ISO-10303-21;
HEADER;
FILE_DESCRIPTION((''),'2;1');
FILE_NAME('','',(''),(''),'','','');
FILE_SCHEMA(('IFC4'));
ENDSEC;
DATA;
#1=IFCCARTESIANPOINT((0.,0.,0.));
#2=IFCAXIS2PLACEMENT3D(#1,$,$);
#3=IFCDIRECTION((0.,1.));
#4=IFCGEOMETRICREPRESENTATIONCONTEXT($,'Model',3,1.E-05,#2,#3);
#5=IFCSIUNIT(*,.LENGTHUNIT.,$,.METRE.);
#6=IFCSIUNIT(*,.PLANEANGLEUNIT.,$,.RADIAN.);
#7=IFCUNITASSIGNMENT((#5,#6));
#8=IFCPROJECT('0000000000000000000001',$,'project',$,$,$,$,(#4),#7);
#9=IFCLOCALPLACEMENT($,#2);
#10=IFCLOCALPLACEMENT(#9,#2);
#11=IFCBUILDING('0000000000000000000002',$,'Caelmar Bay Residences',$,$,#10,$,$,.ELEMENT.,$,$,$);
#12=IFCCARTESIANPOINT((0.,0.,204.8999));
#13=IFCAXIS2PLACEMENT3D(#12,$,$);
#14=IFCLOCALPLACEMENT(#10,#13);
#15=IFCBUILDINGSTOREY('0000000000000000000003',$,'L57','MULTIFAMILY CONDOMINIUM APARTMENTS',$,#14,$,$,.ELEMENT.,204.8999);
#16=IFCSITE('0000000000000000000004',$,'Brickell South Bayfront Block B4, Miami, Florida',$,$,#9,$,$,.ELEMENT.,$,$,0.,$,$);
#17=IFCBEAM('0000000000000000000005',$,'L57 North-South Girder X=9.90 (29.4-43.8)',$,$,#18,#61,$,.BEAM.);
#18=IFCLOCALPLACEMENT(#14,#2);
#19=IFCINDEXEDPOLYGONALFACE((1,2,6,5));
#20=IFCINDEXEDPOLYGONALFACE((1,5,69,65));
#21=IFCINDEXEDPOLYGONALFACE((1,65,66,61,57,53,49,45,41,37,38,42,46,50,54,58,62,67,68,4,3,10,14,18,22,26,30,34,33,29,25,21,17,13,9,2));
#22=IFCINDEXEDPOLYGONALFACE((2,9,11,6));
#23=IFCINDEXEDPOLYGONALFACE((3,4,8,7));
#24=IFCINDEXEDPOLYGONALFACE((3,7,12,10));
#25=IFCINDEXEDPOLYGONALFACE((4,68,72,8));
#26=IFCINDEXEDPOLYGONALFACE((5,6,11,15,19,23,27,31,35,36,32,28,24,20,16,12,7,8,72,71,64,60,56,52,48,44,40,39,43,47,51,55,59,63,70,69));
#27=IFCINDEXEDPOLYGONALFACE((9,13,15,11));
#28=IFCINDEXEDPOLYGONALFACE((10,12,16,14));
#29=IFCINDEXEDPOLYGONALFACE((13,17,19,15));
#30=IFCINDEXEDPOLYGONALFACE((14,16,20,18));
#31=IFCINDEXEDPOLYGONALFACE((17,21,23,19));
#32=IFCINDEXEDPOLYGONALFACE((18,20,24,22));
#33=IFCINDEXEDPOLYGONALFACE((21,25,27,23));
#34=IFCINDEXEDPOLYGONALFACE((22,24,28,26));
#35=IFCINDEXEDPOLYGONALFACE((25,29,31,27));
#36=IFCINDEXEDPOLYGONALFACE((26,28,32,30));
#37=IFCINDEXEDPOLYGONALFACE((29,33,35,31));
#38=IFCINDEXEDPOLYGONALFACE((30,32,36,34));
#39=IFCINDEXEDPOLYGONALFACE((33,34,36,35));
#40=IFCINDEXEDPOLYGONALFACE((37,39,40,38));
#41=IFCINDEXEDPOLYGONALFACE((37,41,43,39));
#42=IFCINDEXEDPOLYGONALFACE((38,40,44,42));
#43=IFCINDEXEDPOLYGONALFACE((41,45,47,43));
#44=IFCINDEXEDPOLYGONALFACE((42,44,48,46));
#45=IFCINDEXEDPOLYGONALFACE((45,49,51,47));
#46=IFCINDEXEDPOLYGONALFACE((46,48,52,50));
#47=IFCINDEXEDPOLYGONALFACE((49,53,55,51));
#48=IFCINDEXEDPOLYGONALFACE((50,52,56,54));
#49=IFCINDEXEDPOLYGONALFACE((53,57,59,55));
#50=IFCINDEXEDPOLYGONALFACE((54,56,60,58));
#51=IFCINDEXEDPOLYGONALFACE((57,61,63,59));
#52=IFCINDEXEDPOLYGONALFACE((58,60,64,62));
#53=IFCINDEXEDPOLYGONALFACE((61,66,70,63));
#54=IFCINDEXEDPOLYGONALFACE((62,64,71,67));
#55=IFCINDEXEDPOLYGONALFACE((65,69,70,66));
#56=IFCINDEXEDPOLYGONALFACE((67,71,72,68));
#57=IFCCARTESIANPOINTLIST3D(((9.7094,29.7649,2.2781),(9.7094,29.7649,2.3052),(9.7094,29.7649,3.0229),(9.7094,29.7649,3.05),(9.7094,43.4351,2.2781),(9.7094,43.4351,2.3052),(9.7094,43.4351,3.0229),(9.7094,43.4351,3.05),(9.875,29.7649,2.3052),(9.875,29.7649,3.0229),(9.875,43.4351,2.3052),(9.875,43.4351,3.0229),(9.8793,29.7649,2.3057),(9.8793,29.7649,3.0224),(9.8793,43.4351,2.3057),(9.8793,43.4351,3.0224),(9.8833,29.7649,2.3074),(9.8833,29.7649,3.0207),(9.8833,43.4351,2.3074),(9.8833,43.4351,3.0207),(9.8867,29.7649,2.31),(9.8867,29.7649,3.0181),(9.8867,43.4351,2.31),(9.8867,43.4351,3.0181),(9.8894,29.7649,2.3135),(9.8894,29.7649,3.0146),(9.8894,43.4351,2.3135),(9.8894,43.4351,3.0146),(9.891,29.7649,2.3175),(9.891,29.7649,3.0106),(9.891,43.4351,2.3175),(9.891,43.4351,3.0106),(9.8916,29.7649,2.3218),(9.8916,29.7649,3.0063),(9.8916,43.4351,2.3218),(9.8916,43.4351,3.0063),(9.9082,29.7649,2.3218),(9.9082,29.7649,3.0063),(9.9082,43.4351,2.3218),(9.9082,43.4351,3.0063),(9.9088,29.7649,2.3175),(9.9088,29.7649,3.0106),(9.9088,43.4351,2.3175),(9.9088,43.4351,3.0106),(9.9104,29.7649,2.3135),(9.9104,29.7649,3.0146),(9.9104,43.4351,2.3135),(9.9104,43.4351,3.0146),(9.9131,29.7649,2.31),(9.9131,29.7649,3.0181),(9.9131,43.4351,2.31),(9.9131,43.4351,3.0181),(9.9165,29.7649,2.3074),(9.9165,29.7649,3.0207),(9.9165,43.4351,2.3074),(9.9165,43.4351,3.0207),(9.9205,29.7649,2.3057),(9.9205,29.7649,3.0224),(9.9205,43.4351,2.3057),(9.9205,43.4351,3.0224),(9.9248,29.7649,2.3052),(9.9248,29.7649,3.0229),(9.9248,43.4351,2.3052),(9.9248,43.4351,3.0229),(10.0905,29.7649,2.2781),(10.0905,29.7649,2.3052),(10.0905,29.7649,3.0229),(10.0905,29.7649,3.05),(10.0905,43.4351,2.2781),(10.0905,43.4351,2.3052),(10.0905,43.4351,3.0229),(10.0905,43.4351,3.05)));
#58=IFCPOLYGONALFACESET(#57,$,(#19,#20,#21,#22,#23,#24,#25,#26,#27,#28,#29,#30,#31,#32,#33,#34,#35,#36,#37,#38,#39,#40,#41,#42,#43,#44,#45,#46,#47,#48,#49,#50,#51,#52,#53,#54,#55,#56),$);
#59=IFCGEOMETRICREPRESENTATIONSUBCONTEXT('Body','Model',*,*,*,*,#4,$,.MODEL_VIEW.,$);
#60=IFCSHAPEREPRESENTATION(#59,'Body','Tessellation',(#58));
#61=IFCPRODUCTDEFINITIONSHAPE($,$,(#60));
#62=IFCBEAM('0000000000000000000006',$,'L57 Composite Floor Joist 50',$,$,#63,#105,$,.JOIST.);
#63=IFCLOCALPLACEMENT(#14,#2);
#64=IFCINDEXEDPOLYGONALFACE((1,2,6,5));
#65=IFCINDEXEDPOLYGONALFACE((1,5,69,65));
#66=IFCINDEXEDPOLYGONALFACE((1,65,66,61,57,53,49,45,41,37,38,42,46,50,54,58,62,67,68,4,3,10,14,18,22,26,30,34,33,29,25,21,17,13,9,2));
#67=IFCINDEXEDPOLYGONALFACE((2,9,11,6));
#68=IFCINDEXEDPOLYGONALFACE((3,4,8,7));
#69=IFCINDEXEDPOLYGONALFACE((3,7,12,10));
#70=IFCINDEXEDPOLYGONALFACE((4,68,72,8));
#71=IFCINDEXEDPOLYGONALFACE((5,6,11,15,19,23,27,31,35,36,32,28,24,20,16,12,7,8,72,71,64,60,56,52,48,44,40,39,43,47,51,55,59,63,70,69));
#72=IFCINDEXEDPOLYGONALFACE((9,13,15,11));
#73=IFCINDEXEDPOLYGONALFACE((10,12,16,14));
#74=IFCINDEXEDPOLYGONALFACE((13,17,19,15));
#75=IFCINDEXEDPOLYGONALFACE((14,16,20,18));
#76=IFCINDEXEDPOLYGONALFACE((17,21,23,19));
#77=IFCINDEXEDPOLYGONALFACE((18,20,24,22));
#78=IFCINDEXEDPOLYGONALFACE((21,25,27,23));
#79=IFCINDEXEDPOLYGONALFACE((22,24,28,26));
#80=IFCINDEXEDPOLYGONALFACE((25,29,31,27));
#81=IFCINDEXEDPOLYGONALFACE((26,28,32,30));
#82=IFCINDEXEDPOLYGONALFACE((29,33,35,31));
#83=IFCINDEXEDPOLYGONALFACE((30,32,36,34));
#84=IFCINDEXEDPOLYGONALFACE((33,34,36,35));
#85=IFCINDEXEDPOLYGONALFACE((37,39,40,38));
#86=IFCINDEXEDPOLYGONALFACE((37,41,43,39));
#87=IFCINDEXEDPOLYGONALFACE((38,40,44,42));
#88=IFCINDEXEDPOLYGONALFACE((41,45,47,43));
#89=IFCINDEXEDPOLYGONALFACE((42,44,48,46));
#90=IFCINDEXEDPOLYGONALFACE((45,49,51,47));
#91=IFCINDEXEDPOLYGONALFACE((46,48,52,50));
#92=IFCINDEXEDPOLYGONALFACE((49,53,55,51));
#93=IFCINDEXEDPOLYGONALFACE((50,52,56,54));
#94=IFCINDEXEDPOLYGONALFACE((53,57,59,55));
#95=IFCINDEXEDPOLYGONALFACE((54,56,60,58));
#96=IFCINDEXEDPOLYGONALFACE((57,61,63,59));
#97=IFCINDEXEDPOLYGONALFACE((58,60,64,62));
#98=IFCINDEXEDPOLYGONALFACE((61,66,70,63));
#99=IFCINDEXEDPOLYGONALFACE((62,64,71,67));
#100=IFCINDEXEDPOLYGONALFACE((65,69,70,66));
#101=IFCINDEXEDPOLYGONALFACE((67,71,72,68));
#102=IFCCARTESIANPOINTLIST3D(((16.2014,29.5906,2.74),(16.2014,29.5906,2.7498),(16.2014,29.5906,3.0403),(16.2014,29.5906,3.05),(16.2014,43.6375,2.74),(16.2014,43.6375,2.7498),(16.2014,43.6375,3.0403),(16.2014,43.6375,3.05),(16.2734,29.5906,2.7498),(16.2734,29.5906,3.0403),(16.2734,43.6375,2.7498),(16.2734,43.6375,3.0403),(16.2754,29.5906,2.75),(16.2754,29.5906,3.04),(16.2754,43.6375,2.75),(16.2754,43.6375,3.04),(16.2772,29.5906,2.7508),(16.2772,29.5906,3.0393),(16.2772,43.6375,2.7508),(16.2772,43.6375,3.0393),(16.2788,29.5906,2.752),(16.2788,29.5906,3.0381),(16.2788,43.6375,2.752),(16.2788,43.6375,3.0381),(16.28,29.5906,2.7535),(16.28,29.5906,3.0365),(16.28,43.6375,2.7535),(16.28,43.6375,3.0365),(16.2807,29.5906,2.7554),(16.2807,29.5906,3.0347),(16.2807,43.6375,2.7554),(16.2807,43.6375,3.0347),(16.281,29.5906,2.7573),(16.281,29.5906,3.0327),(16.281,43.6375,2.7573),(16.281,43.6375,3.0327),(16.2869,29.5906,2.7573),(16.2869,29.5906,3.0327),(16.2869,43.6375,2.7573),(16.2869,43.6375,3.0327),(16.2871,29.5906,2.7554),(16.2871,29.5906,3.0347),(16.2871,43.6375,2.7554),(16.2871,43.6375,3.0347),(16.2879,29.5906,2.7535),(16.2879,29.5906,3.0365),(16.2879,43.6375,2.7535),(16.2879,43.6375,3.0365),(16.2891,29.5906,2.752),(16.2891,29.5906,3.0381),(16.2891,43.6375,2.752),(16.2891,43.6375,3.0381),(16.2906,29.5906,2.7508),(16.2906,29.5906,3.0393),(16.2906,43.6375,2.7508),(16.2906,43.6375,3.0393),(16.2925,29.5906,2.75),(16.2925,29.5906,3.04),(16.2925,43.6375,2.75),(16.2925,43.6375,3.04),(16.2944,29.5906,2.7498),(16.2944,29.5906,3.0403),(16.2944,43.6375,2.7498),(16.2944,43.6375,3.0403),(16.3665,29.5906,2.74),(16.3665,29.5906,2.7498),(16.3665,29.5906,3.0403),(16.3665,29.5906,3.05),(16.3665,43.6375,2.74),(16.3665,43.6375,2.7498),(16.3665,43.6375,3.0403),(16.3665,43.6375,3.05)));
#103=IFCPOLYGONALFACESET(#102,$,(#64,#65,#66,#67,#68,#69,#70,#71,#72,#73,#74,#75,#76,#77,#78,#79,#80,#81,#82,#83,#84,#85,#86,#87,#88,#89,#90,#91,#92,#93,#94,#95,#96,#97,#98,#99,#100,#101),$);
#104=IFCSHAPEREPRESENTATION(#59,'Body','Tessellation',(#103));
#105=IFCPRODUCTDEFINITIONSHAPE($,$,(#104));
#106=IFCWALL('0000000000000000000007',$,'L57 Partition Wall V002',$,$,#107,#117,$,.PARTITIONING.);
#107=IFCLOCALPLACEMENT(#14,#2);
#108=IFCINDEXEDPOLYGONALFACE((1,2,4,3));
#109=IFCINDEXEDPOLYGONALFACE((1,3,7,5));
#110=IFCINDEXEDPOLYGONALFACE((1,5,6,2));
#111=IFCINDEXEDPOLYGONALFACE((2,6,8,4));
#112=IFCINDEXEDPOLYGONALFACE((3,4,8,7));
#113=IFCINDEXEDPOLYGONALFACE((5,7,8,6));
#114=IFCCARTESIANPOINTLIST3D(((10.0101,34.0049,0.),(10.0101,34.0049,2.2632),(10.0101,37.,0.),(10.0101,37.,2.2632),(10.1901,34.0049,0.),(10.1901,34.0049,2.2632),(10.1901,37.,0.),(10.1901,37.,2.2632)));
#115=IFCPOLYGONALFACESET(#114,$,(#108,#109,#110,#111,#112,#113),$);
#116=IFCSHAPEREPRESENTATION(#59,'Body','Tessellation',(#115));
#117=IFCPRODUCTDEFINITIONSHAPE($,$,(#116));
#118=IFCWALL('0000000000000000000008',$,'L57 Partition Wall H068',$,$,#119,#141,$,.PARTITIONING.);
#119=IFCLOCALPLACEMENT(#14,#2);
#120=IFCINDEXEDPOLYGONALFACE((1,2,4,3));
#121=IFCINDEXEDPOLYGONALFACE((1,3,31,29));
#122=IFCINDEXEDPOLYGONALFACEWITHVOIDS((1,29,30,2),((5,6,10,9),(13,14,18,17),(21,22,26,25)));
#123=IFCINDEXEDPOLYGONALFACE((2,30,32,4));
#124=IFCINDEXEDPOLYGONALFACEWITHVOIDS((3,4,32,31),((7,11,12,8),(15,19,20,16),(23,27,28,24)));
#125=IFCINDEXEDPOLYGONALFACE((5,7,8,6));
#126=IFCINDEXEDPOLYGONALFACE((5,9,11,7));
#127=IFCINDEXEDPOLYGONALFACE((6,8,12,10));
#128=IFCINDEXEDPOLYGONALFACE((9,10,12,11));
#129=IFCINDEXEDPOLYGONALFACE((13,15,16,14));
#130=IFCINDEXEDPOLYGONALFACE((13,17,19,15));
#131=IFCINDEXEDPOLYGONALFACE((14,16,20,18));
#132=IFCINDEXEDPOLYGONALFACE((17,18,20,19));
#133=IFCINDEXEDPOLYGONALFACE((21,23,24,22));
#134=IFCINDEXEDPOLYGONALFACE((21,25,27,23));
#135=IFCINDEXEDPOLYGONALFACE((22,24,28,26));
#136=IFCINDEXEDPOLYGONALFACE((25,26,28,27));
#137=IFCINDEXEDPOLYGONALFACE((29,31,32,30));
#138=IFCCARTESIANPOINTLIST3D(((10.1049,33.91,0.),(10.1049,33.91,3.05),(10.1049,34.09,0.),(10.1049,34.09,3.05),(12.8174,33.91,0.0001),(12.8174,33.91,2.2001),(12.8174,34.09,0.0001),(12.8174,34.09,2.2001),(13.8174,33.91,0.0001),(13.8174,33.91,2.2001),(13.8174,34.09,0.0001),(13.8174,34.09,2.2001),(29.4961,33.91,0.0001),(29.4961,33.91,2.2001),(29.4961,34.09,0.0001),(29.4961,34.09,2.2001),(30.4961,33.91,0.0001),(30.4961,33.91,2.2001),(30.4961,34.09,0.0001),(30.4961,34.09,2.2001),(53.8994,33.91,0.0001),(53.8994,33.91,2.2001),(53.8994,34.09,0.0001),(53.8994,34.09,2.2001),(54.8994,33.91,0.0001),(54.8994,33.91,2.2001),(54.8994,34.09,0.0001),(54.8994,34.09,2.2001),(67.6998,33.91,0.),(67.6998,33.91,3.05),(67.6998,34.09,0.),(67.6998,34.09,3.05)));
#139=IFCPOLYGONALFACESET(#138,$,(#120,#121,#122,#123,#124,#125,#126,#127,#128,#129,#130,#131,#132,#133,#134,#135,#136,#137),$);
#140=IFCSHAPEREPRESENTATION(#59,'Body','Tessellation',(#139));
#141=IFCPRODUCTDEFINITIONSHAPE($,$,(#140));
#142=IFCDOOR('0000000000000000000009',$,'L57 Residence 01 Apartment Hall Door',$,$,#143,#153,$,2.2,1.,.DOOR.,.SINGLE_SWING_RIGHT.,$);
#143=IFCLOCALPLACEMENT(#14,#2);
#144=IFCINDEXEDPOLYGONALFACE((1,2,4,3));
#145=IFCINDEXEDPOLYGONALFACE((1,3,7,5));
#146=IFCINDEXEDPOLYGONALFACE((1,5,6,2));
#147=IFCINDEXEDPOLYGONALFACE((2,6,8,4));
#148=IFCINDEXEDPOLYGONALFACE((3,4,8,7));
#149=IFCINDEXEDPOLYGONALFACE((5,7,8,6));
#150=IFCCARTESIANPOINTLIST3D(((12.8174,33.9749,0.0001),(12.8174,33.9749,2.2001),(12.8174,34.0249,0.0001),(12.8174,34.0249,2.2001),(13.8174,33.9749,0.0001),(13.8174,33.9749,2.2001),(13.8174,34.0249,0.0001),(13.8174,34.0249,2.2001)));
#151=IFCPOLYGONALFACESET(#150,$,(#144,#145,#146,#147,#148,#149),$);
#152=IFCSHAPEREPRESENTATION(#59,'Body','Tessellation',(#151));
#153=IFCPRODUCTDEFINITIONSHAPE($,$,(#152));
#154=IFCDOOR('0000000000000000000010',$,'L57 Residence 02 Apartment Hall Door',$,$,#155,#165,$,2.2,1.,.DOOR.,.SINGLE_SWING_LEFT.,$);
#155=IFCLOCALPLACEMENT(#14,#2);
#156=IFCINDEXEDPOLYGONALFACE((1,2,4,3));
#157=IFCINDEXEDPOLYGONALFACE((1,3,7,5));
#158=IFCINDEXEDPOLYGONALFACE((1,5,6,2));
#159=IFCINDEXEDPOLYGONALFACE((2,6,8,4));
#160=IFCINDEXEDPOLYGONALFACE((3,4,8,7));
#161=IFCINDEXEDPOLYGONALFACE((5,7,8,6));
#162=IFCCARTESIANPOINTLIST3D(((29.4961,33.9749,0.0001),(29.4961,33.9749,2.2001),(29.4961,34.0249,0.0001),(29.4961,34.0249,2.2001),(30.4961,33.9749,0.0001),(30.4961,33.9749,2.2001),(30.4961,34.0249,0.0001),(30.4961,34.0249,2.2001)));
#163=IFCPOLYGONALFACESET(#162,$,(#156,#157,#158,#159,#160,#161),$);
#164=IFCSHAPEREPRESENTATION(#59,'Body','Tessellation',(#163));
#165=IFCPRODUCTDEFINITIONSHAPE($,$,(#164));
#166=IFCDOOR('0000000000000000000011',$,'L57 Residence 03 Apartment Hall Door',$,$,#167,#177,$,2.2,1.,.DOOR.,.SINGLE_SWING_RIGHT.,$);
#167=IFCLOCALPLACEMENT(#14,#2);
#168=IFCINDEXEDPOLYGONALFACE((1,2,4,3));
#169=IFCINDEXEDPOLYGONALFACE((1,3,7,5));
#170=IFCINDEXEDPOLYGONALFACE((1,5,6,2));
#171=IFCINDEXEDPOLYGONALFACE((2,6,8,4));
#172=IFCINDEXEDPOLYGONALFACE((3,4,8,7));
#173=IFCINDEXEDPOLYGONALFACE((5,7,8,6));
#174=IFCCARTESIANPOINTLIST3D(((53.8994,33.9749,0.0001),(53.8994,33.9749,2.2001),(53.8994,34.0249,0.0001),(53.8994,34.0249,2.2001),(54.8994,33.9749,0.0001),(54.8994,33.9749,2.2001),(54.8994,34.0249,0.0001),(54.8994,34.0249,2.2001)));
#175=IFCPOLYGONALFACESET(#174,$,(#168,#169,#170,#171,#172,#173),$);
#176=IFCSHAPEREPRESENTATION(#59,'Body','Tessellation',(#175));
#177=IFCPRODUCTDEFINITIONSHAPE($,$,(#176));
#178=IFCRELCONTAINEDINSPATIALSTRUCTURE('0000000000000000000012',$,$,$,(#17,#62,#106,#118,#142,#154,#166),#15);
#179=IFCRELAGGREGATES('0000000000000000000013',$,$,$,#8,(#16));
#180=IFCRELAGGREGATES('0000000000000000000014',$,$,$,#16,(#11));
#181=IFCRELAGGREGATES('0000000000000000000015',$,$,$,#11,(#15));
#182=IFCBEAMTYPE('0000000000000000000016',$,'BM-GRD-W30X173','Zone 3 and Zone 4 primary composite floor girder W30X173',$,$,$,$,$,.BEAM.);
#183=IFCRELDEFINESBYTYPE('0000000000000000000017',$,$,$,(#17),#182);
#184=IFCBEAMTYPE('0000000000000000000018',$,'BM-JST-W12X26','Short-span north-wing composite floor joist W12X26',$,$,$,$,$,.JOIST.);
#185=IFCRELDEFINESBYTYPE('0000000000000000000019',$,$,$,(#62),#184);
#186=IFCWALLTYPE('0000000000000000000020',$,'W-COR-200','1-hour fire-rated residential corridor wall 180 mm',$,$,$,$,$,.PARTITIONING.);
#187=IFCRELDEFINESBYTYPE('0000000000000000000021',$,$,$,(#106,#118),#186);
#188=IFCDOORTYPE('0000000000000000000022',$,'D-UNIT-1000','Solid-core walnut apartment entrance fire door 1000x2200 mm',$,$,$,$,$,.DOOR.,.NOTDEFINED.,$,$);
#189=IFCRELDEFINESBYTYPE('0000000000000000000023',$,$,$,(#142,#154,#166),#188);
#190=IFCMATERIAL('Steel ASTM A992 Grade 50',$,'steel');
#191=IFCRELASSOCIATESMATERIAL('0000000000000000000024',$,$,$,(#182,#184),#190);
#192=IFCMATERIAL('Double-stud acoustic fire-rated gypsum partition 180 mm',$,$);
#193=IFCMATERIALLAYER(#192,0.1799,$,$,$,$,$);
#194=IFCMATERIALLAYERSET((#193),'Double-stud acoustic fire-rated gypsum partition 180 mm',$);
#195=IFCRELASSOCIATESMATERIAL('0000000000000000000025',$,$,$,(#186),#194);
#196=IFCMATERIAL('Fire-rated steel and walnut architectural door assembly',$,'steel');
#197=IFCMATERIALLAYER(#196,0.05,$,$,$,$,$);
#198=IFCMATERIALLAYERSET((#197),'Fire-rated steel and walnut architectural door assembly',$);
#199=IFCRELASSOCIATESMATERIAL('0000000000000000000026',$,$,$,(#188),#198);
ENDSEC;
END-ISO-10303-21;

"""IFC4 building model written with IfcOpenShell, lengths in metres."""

from ifc_helpers import new_model, si_unit, direction, frame, frame_2d, origin, origin_2d, place, context, subcontext, project, spatial, rectangle, i_section, extrude, material, layer, layer_set, material_profile, profile_set, type_object, element, fill, save


model = new_model("IFC4")

# Units and contexts
model_context = context("Model", 3, precision=1e-05, world=origin(), true_north=direction((0.0, 1.0)))
body_context = subcontext(model_context, "Body", "Model", "MODEL_VIEW")
ifc_project = project(units=[si_unit("LENGTHUNIT", "METRE"), si_unit("PLANEANGLEUNIT", "RADIAN")], contexts=[model_context])

# Site, building, storey
site_placement = place(None, origin())
site = spatial("IfcSite", under=ifc_project, at=site_placement, Name="Brickell South Bayfront Block B4, Miami, Florida", CompositionType="ELEMENT", RefElevation=0.0)
building_placement = place(site_placement, origin())
building = spatial("IfcBuilding", under=site, at=building_placement, Name="Caelmar Bay Residences", CompositionType="ELEMENT")
storey_placement = place(building_placement, frame((0.0, 0.0, 204.8999)))
storey = spatial("IfcBuildingStorey", under=building, at=storey_placement, Name="L57", Description="MULTIFAMILY CONDOMINIUM APARTMENTS", CompositionType="ELEMENT", Elevation=204.8999)

# Beams
ifc_material_1 = material(Name="Steel ASTM A992 Grade 50", Category="steel")
ifc_material_profile_1 = material_profile(ifc_material_1, i_section(OverallWidth=0.3811, OverallDepth=0.772, WebThickness=0.0166, FlangeThickness=0.0271, FilletRadius=0.0166, at=origin_2d()), Name="W30X173")
ifc_profile_set_1 = profile_set([ifc_material_profile_1], Name="Steel ASTM A992 Grade 50")
beam_type_1 = type_object("IfcBeamType", Name="BM-GRD-W30X173", Description="Zone 3 and Zone 4 primary composite floor girder W30X173", PredefinedType="BEAM", material=ifc_profile_set_1)
beam_1_placement = place(storey_placement, frame((9.8999, 29.7649, 2.6641), z_axis=(0.0, 1.0, 0.0), x_axis=(-1.0, 0.0, 0.0)))
element("IfcBeam", 1, at=beam_1_placement, inside=storey, type_object=beam_type_1, Name="L57 North-South Girder X=9.90 (29.4-43.8)", PredefinedType="BEAM", context=body_context, shape_type="SweptSolid", body=[
    extrude(i_section(OverallWidth=0.3811, OverallDepth=0.772, WebThickness=0.0166, FlangeThickness=0.0271, FilletRadius=0.0166, at=origin_2d()), origin(), (0.0, 0.0, 1.0), 13.6702),
])
ifc_material_profile_2 = material_profile(ifc_material_1, i_section(OverallWidth=0.165, OverallDepth=0.3101, WebThickness=0.0059, FlangeThickness=0.0098, FilletRadius=0.0076, at=origin_2d()), Name="W12X26")
ifc_profile_set_2 = profile_set([ifc_material_profile_2], Name="Steel ASTM A992 Grade 50")
beam_type_2 = type_object("IfcBeamType", Name="BM-JST-W12X26", Description="Short-span north-wing composite floor joist W12X26", PredefinedType="JOIST", material=ifc_profile_set_2)
beam_2_placement = place(storey_placement, frame((16.2839, 29.5906, 2.895), z_axis=(0.0, 1.0, 0.0), x_axis=(-1.0, 0.0, 0.0)))
element("IfcBeam", 2, at=beam_2_placement, inside=storey, type_object=beam_type_2, Name="L57 Composite Floor Joist 50", PredefinedType="JOIST", context=body_context, shape_type="SweptSolid", body=[
    extrude(i_section(OverallWidth=0.165, OverallDepth=0.3101, WebThickness=0.0059, FlangeThickness=0.0098, FilletRadius=0.0076, at=origin_2d()), origin(), (0.0, 0.0, 1.0), 14.0469),
])

# Wall
ifc_material_2 = material(Name="Double-stud acoustic fire-rated gypsum partition 180 mm")
ifc_layer_1 = layer(ifc_material_2, 0.1799)
ifc_layer_set_1 = layer_set([ifc_layer_1], Name="Double-stud acoustic fire-rated gypsum partition 180 mm")
wall_type_1 = type_object("IfcWallType", Name="W-COR-200", Description="1-hour fire-rated residential corridor wall 180 mm", PredefinedType="PARTITIONING", material=ifc_layer_set_1)
wall_1_placement = place(storey_placement, frame((10.1001, 34.0049, 0.0), z_axis=(0.0, 0.0, 1.0), x_axis=(0.0, 1.0, 0.0)))
element("IfcWall", 3, at=wall_1_placement, inside=storey, type_object=wall_type_1, Name="L57 Partition Wall V002", PredefinedType="PARTITIONING", context=body_context, shape_type="SweptSolid", body=[
    extrude(rectangle(XDim=2.9951, YDim=0.1799, at=frame_2d((1.4976, 0.0))), origin(), (0.0, 0.0, 1.0), 2.2632),
])

# Wall, openings, doors
wall_2_placement = place(storey_placement, frame((10.105, 34.0, 0.0), z_axis=(0.0, 0.0, 1.0), x_axis=(1.0, 0.0, 0.0)))
wall_2 = element("IfcWall", 4, at=wall_2_placement, inside=storey, type_object=wall_type_1, Name="L57 Partition Wall H068", PredefinedType="PARTITIONING", context=body_context, shape_type="SweptSolid", body=[
    extrude(rectangle(XDim=57.595, YDim=0.1799, at=frame_2d((28.7974, 0.0))), origin(), (0.0, 0.0, 1.0), 3.05),
])
opening_1_placement = place(wall_2_placement, frame((2.7124, 0.0, 0.0)))
opening_1 = element("IfcOpeningElement", 5, at=opening_1_placement, cuts=wall_2, PredefinedType="OPENING", context=body_context, shape_type="SweptSolid", body=[
    extrude(rectangle(XDim=1.0, YDim=2.2, at=frame_2d((0.5, 1.1001))), frame((0.0, 0.0999, 0.0), z_axis=(0.0, -1.0, 0.0), x_axis=(1.0, 0.0, 0.0)), (0.0, 0.0, 1.0), 0.2),
])
opening_2_placement = place(wall_2_placement, frame((19.3911, 0.0, 0.0)))
opening_2 = element("IfcOpeningElement", 6, at=opening_2_placement, cuts=wall_2, PredefinedType="OPENING", context=body_context, shape_type="SweptSolid", body=[
    extrude(rectangle(XDim=1.0, YDim=2.2, at=frame_2d((0.5, 1.1001))), frame((0.0, 0.0999, 0.0), z_axis=(0.0, -1.0, 0.0), x_axis=(1.0, 0.0, 0.0)), (0.0, 0.0, 1.0), 0.2),
])
opening_3_placement = place(wall_2_placement, frame((43.7944, 0.0, 0.0)))
opening_3 = element("IfcOpeningElement", 7, at=opening_3_placement, cuts=wall_2, PredefinedType="OPENING", context=body_context, shape_type="SweptSolid", body=[
    extrude(rectangle(XDim=1.0, YDim=2.2, at=frame_2d((0.5, 1.1001))), frame((0.0, 0.0999, 0.0), z_axis=(0.0, -1.0, 0.0), x_axis=(1.0, 0.0, 0.0)), (0.0, 0.0, 1.0), 0.2),
])
ifc_material_3 = material(Name="Fire-rated steel and walnut architectural door assembly", Category="steel")
ifc_layer_2 = layer(ifc_material_3, 0.05)
ifc_layer_set_2 = layer_set([ifc_layer_2], Name="Fire-rated steel and walnut architectural door assembly")
door_type_1 = type_object("IfcDoorType", Name="D-UNIT-1000", Description="Solid-core walnut apartment entrance fire door 1000x2200 mm", OperationType="NOTDEFINED", PredefinedType="DOOR", material=ifc_layer_set_2)
door_1_placement = place(opening_1_placement, origin())
door_1 = element("IfcDoor", 8, at=door_1_placement, inside=storey, type_object=door_type_1, Name="L57 Residence 01 Apartment Hall Door", OperationType="SINGLE_SWING_RIGHT", OverallHeight=2.2, OverallWidth=1.0, PredefinedType="DOOR", context=body_context, shape_type="SweptSolid", body=[
    extrude(rectangle(XDim=1.0, YDim=2.2, at=frame_2d((0.5, 1.1001))), frame((0.0, 0.0249, 0.0), z_axis=(0.0, -1.0, 0.0), x_axis=(1.0, 0.0, 0.0)), (0.0, 0.0, 1.0), 0.05),
])
fill(opening_1, door_1)
door_2_placement = place(opening_2_placement, origin())
door_2 = element("IfcDoor", 9, at=door_2_placement, inside=storey, type_object=door_type_1, Name="L57 Residence 02 Apartment Hall Door", OperationType="SINGLE_SWING_LEFT", OverallHeight=2.2, OverallWidth=1.0, PredefinedType="DOOR", context=body_context, shape_type="SweptSolid", body=[
    extrude(rectangle(XDim=1.0, YDim=2.2, at=frame_2d((0.5, 1.1001))), frame((0.0, 0.0249, 0.0), z_axis=(0.0, -1.0, 0.0), x_axis=(1.0, 0.0, 0.0)), (0.0, 0.0, 1.0), 0.05),
])
fill(opening_2, door_2)
door_3_placement = place(opening_3_placement, origin())
door_3 = element("IfcDoor", 10, at=door_3_placement, inside=storey, type_object=door_type_1, Name="L57 Residence 03 Apartment Hall Door", OperationType="SINGLE_SWING_RIGHT", OverallHeight=2.2, OverallWidth=1.0, PredefinedType="DOOR", context=body_context, shape_type="SweptSolid", body=[
    extrude(rectangle(XDim=1.0, YDim=2.2, at=frame_2d((0.5, 1.1001))), frame((0.0, 0.0249, 0.0), z_axis=(0.0, -1.0, 0.0), x_axis=(1.0, 0.0, 0.0)), (0.0, 0.0, 1.0), 0.05),
])
fill(opening_3, door_3)

save(model, "model.ifc")
